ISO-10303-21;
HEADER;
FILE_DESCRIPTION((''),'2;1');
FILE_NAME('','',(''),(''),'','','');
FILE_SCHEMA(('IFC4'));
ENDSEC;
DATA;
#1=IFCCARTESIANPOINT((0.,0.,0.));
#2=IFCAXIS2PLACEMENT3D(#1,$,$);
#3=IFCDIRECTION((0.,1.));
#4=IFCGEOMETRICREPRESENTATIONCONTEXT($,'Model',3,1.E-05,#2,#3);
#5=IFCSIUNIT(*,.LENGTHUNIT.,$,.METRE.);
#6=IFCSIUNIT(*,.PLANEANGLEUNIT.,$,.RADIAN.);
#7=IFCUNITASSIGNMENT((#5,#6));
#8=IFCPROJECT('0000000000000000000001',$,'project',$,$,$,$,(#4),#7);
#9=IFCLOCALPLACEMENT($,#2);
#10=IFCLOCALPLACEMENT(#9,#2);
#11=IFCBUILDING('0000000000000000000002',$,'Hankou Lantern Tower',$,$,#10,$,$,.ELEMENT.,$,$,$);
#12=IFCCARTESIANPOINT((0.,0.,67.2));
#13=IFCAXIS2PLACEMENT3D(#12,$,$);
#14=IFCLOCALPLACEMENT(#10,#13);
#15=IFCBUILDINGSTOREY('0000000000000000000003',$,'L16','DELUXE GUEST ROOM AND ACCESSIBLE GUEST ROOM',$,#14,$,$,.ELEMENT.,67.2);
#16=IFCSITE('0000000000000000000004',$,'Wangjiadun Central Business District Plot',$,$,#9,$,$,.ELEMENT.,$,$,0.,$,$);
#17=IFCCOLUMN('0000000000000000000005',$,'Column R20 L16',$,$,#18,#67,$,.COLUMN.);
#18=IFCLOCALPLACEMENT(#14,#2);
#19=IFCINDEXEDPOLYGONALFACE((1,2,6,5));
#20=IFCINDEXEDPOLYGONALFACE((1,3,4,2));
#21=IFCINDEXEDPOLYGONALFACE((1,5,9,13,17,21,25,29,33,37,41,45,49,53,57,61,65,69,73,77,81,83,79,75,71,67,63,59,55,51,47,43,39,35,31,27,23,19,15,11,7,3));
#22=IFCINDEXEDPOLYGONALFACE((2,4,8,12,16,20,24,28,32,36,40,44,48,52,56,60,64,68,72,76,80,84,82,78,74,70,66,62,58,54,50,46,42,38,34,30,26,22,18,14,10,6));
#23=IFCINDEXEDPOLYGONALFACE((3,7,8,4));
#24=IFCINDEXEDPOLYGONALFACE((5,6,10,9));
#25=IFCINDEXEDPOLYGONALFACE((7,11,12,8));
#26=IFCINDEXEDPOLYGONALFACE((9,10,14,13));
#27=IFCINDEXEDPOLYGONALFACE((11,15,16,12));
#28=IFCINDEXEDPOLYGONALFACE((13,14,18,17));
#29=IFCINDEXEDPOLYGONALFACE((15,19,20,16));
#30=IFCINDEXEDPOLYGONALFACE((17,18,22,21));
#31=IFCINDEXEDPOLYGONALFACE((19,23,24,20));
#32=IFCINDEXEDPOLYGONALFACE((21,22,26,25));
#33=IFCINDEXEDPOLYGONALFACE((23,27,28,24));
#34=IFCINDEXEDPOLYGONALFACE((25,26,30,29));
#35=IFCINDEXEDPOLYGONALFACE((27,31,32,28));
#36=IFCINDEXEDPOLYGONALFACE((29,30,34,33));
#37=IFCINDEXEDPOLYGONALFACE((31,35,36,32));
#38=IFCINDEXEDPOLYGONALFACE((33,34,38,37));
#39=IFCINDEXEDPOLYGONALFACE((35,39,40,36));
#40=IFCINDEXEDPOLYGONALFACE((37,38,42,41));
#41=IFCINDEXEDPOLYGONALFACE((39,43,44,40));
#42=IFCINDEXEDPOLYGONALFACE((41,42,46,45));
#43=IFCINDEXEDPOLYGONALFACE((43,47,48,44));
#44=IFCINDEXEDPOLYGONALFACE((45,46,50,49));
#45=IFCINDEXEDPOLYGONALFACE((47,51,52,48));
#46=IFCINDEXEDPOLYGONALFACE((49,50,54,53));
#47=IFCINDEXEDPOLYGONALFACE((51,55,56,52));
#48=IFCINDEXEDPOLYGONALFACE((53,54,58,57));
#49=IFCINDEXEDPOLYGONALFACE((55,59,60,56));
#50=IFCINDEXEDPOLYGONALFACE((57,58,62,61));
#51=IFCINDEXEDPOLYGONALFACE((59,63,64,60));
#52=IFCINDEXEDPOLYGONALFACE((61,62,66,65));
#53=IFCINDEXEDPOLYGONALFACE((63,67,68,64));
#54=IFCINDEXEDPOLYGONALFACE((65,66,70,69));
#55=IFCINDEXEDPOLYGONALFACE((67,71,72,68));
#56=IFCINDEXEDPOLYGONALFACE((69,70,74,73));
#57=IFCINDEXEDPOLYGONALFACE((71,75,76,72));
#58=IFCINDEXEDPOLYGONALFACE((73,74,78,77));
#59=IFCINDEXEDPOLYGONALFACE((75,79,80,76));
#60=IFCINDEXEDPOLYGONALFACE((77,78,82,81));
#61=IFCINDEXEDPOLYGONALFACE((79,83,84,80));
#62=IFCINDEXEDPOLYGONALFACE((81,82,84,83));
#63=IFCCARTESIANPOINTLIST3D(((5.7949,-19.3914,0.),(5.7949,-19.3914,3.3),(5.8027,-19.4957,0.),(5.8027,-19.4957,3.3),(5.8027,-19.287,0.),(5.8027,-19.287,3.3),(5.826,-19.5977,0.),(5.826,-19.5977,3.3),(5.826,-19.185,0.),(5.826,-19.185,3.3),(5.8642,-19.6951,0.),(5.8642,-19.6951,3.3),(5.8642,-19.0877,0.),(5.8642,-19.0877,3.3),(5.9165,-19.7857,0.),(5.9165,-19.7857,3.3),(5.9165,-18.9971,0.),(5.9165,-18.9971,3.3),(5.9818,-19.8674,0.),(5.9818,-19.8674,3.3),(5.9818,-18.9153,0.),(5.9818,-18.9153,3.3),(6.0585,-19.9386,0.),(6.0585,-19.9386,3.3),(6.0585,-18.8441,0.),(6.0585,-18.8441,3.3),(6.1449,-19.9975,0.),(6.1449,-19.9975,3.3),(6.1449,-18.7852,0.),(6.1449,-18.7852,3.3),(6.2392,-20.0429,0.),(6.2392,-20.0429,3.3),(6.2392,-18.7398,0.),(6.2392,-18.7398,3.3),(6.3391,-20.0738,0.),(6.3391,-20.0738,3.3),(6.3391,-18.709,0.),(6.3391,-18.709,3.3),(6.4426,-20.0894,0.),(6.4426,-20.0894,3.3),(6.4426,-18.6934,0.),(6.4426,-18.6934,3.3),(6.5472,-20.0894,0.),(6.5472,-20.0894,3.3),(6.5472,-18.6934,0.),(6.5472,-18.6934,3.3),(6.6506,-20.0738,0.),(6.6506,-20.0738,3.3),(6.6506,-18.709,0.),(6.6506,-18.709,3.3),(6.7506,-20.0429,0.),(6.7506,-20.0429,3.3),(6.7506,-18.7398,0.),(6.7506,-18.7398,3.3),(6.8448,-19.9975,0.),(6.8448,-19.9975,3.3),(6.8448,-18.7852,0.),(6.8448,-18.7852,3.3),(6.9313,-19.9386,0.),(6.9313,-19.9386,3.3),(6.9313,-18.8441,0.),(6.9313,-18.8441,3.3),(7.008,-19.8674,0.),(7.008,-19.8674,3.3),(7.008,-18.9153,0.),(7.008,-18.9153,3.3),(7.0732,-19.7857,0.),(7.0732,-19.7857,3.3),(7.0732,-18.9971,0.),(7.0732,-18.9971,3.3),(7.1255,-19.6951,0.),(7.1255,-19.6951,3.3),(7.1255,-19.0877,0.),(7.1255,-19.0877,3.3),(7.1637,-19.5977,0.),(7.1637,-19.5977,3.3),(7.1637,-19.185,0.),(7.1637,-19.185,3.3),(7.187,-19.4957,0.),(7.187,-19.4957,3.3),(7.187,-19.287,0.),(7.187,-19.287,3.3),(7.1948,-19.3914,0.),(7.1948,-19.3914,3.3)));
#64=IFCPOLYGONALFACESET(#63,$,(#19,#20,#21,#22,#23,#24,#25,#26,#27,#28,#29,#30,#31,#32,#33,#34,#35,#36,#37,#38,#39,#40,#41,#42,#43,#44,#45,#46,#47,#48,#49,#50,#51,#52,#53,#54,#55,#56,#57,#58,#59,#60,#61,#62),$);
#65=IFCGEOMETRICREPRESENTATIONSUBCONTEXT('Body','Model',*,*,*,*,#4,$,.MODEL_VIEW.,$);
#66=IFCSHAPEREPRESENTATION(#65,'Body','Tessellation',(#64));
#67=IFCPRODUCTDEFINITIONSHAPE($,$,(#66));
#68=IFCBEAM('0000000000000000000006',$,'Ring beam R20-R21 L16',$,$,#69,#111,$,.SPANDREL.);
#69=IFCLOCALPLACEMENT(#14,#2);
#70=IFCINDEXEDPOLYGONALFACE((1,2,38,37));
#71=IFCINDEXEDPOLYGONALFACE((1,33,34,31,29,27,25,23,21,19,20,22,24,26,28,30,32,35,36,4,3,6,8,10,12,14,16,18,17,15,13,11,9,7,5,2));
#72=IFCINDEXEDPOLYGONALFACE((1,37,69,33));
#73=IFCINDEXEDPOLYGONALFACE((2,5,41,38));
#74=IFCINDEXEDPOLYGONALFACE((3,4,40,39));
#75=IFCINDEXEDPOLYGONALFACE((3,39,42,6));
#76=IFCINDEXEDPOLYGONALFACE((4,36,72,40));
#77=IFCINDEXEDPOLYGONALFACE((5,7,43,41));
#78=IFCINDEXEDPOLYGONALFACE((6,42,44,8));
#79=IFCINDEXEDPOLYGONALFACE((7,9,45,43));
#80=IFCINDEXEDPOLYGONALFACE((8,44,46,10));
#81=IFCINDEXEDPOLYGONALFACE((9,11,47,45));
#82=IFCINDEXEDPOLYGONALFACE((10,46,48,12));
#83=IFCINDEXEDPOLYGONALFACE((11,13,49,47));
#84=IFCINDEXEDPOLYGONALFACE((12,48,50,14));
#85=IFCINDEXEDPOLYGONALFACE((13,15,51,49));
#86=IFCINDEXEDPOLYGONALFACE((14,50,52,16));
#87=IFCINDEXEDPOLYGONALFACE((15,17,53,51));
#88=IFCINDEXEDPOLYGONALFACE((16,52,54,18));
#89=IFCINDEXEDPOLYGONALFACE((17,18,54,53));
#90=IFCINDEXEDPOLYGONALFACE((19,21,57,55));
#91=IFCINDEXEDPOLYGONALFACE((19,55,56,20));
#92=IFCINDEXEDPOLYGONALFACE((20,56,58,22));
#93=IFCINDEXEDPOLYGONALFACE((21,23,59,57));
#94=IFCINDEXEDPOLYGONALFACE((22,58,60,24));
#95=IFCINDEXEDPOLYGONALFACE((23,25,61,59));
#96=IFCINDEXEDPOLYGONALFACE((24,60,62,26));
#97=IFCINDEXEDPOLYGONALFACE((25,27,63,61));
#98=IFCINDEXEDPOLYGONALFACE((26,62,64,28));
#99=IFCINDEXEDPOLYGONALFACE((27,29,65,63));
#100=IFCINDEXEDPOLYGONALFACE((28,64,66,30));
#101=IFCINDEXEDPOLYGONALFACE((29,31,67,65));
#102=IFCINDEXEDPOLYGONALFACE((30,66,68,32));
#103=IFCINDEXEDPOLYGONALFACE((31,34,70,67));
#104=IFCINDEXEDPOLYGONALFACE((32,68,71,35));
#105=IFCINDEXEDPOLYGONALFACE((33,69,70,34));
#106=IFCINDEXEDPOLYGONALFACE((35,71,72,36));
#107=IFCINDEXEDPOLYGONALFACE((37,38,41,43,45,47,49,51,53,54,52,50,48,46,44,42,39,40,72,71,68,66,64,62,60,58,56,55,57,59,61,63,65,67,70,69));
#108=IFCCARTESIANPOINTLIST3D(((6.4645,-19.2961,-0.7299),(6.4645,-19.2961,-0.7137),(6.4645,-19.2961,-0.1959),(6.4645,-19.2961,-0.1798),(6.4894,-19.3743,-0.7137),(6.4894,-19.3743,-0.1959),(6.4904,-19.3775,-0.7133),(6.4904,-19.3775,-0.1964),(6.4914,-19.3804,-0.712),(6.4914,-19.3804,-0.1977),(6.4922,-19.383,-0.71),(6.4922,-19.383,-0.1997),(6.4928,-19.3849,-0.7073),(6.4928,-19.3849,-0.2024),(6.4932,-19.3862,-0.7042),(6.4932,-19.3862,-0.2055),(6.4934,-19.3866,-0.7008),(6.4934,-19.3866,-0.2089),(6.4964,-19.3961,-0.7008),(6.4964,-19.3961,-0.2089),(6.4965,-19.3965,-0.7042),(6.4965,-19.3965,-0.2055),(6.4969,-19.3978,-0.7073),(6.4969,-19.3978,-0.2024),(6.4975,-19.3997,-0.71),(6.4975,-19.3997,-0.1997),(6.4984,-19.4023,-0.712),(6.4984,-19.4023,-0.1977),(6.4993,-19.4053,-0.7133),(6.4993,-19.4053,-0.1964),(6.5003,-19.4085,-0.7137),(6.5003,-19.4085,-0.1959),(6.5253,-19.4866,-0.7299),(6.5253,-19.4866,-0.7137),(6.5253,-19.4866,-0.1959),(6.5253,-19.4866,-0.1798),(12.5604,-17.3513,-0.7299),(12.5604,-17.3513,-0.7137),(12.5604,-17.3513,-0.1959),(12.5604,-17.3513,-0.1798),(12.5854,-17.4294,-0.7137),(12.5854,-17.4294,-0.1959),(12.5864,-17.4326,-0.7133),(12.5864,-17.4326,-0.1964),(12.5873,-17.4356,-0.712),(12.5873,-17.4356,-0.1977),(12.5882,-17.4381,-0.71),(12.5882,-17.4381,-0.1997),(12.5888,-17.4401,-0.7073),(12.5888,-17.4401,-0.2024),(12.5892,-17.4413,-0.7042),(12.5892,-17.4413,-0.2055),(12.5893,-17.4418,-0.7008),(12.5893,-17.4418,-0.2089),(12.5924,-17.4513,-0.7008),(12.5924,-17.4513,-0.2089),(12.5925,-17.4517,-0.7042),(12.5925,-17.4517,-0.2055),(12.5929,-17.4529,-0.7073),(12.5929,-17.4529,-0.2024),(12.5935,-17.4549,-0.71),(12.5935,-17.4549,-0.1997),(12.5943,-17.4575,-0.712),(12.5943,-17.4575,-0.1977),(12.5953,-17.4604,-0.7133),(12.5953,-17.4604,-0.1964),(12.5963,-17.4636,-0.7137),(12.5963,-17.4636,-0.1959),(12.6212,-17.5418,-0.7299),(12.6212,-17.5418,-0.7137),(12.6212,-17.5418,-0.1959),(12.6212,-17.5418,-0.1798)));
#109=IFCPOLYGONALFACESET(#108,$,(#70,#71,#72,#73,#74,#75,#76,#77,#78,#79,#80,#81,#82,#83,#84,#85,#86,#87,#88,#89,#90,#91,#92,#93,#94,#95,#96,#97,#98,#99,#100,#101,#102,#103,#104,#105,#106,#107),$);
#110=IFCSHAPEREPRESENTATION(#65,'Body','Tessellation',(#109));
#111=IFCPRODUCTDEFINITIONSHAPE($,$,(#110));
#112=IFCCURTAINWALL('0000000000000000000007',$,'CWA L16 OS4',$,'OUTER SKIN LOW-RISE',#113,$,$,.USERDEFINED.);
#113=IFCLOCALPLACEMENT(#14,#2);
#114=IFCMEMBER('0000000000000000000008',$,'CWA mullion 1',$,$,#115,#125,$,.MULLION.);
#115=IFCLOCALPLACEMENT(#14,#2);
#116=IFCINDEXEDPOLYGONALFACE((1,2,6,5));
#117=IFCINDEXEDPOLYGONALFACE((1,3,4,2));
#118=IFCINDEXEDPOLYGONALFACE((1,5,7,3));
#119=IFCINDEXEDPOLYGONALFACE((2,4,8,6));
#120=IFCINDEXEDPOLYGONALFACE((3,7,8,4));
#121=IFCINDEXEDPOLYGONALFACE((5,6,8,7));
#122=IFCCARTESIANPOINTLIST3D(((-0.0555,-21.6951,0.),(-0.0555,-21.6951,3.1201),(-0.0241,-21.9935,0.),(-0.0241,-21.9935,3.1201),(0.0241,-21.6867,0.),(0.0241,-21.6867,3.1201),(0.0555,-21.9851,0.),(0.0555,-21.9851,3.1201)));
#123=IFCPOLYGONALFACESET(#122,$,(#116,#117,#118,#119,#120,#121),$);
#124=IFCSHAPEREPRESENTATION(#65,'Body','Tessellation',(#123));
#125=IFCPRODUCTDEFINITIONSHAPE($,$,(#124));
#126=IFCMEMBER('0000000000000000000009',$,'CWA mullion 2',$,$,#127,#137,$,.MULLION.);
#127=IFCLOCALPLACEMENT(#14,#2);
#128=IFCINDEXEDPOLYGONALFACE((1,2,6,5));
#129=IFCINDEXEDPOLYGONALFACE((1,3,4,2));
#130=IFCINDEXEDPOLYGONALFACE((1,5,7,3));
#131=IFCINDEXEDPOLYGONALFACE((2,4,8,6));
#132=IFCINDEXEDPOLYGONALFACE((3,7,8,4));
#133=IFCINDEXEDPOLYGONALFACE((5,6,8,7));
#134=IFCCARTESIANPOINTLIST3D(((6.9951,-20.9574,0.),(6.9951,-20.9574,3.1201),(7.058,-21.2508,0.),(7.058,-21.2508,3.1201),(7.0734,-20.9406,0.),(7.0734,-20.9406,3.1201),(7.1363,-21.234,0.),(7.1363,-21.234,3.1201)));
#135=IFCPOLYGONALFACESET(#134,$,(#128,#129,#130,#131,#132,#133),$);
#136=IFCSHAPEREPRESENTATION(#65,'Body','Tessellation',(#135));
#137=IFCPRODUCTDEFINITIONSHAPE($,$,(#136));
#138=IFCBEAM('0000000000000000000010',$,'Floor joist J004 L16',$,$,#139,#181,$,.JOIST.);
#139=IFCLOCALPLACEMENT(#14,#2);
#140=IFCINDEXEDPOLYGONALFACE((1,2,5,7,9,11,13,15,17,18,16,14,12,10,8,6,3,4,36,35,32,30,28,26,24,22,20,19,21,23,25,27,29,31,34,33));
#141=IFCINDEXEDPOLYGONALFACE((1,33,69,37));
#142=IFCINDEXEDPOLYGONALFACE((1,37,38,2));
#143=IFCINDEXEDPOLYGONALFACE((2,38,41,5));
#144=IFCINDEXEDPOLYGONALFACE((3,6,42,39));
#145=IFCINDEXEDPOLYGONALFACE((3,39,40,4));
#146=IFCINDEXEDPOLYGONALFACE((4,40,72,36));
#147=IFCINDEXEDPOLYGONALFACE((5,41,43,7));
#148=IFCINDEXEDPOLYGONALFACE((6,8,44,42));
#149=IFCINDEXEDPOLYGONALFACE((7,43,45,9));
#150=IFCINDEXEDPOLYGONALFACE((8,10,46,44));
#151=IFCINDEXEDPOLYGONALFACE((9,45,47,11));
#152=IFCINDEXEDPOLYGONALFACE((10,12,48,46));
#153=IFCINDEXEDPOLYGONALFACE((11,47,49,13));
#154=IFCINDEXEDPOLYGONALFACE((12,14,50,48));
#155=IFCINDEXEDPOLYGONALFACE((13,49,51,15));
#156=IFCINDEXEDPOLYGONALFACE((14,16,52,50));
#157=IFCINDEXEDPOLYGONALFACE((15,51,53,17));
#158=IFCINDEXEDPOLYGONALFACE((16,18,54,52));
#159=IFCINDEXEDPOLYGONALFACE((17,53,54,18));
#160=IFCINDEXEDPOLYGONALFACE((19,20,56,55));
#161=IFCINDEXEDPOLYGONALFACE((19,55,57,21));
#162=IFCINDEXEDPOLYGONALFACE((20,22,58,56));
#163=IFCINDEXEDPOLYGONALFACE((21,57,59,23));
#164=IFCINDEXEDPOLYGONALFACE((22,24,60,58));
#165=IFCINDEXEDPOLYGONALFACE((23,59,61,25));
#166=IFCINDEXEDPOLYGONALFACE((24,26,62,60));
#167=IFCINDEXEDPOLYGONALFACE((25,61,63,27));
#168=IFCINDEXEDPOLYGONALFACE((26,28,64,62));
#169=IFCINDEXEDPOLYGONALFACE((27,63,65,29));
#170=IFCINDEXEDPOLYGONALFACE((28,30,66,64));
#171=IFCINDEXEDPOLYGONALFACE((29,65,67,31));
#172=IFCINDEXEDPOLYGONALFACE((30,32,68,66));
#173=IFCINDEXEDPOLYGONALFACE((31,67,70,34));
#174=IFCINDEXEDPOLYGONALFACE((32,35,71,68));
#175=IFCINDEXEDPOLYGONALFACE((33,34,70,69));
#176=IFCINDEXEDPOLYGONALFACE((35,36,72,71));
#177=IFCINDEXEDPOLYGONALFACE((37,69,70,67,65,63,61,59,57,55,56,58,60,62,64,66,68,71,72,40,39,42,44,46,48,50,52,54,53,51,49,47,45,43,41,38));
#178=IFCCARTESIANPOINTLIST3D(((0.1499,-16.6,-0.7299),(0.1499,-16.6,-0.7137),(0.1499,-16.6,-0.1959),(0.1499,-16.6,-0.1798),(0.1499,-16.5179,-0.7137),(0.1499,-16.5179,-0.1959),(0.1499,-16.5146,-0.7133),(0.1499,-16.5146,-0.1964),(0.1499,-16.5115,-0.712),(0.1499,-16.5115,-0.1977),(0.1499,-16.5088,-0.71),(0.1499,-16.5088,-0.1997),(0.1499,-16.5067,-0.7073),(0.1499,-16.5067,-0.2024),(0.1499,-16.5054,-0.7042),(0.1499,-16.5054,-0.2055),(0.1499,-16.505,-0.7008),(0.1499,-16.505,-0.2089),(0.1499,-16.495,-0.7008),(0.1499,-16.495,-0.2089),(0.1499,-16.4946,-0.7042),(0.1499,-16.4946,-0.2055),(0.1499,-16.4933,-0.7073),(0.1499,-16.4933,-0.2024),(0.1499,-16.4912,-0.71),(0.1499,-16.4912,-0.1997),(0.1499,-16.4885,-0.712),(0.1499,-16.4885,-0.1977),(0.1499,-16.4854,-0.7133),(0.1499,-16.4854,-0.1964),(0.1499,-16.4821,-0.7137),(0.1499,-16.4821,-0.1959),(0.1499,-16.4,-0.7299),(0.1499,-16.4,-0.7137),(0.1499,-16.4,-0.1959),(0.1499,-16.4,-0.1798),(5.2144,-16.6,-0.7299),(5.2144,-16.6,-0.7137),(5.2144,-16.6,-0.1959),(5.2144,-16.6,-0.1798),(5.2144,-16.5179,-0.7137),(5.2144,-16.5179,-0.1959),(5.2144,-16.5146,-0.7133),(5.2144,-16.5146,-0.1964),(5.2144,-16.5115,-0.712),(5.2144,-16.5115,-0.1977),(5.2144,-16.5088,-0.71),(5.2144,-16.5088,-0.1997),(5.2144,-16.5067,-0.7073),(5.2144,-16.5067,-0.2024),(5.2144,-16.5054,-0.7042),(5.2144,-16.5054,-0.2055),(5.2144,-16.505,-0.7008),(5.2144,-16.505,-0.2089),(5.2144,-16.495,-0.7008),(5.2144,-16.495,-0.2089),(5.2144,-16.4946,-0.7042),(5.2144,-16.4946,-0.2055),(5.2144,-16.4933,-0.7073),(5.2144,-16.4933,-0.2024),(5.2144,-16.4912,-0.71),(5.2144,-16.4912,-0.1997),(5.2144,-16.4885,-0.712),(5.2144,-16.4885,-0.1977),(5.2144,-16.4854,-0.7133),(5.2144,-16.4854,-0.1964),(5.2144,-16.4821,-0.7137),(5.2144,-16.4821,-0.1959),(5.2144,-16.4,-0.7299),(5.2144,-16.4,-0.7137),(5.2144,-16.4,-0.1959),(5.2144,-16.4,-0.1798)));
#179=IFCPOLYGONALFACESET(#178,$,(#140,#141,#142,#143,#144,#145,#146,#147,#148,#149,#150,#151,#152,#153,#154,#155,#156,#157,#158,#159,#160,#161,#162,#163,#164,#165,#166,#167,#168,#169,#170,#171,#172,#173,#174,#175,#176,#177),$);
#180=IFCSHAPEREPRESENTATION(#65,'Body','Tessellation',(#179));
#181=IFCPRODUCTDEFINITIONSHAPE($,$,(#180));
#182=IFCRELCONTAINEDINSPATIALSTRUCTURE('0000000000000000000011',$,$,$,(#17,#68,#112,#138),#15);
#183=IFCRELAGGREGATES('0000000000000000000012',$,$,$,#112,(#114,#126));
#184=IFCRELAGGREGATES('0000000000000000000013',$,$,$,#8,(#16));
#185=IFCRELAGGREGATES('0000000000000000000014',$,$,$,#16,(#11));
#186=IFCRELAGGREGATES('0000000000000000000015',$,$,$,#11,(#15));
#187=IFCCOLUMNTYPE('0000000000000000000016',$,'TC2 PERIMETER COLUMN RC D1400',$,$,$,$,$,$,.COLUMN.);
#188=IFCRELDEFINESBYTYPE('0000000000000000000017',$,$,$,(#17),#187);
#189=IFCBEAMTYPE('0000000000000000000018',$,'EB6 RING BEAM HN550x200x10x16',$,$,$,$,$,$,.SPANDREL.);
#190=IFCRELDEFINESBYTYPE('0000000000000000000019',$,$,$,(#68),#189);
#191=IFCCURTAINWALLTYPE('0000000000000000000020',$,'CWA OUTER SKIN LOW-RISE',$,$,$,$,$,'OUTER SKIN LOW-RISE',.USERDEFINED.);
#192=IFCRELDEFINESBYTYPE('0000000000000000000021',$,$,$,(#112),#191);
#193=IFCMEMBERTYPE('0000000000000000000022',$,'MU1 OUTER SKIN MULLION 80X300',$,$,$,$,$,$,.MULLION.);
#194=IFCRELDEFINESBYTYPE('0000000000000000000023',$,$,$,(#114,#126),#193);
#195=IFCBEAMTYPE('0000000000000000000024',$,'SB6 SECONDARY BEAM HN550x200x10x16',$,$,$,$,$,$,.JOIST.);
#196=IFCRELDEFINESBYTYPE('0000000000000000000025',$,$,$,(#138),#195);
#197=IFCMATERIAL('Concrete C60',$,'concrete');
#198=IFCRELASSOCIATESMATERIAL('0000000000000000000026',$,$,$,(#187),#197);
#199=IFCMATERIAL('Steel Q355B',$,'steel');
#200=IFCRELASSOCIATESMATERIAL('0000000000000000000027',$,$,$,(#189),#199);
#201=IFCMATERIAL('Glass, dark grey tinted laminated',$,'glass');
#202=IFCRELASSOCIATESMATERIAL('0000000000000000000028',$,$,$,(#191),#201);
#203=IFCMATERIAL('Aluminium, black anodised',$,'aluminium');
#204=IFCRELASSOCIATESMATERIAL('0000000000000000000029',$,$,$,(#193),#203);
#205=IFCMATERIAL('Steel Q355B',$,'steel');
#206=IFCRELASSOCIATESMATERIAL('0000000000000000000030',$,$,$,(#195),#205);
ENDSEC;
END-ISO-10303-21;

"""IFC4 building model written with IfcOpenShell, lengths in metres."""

from ifc_helpers import new_model, si_unit, direction, frame, origin, origin_2d, place, context, subcontext, project, spatial, rectangle, circle, i_section, extrude, material, material_profile, profile_set, type_object, element, aggregate, save


model = new_model("IFC4")

# Units and contexts
model_context = context("Model", 3, precision=1e-05, world=origin(), true_north=direction((0.0, 1.0)))
body_context = subcontext(model_context, "Body", "Model", "MODEL_VIEW")
ifc_project = project(units=[si_unit("LENGTHUNIT", "METRE"), si_unit("PLANEANGLEUNIT", "RADIAN")], contexts=[model_context])

# Site, building, storey
site_placement = place(None, origin())
site = spatial("IfcSite", under=ifc_project, at=site_placement, Name="Wangjiadun Central Business District Plot", CompositionType="ELEMENT", RefElevation=0.0)
building_placement = place(site_placement, origin())
building = spatial("IfcBuilding", under=site, at=building_placement, Name="Hankou Lantern Tower", CompositionType="ELEMENT")
storey_placement = place(building_placement, frame((0.0, 0.0, 67.2)))
storey = spatial("IfcBuildingStorey", under=building, at=storey_placement, Name="L16", Description="DELUXE GUEST ROOM AND ACCESSIBLE GUEST ROOM", CompositionType="ELEMENT", Elevation=67.2)

# Column
ifc_material_1 = material(Name="Concrete C60", Category="concrete")
ifc_material_profile_1 = material_profile(ifc_material_1, circle(Radius=0.7, at=origin_2d()), Name="RC D1400")
ifc_profile_set_1 = profile_set([ifc_material_profile_1], Name="Concrete C60")
column_type = type_object("IfcColumnType", Name="TC2 PERIMETER COLUMN RC D1400", PredefinedType="COLUMN", material=ifc_profile_set_1)
column_placement = place(storey_placement, frame((6.4949, -19.3914, 0.0), z_axis=(0.0, 0.0, 1.0), x_axis=(1.0, 0.0, 0.0)))
element("IfcColumn", 1, at=column_placement, inside=storey, type_object=column_type, Name="Column R20 L16", PredefinedType="COLUMN", context=body_context, shape_type="SweptSolid", body=[
    extrude(circle(Radius=0.7, at=origin_2d()), origin(), (0.0, 0.0, 1.0), 3.3),
])

# Beam
ifc_material_2 = material(Name="Steel Q355B", Category="steel")
ifc_material_profile_2 = material_profile(ifc_material_2, i_section(OverallWidth=0.2, OverallDepth=0.55, WebThickness=0.01, FlangeThickness=0.0161, FilletRadius=0.0129, at=origin_2d()), Name="HN550x200x10x16")
ifc_profile_set_2 = profile_set([ifc_material_profile_2], Name="Steel Q355B")
beam_type_1 = type_object("IfcBeamType", Name="EB6 RING BEAM HN550x200x10x16", PredefinedType="SPANDREL", material=ifc_profile_set_2)
beam_1_placement = place(storey_placement, frame((6.4949, -19.3914, -0.4548), z_axis=(0.95269, 0.303942, 0.0), x_axis=(-0.303942, 0.95269, 0.0)))
element("IfcBeam", 2, at=beam_1_placement, inside=storey, type_object=beam_type_1, Name="Ring beam R20-R21 L16", PredefinedType="SPANDREL", context=body_context, shape_type="SweptSolid", body=[
    extrude(i_section(OverallWidth=0.2, OverallDepth=0.55, WebThickness=0.01, FlangeThickness=0.0161, FilletRadius=0.0129, at=origin_2d()), origin(), (0.0, 0.0, 1.0), 6.3987),
])

# Curtain wall, members
ifc_material_3 = material(Name="Glass, dark grey tinted laminated", Category="glass")
curtain_wall_type = type_object("IfcCurtainWallType", Name="CWA OUTER SKIN LOW-RISE", ElementType="OUTER SKIN LOW-RISE", PredefinedType="USERDEFINED", material=ifc_material_3)
curtain_wall_placement = place(storey_placement, origin())
curtain_wall = element("IfcCurtainWall", 3, at=curtain_wall_placement, inside=storey, type_object=curtain_wall_type, Name="CWA L16 OS4", ObjectType="OUTER SKIN LOW-RISE", PredefinedType="USERDEFINED")
ifc_material_4 = material(Name="Aluminium, black anodised", Category="aluminium")
ifc_material_profile_3 = material_profile(ifc_material_4, rectangle(XDim=0.0801, YDim=0.3, at=origin_2d()), Name="MU1 80X300")
ifc_profile_set_3 = profile_set([ifc_material_profile_3], Name="Aluminium, black anodised")
member_type_1 = type_object("IfcMemberType", Name="MU1 OUTER SKIN MULLION 80X300", PredefinedType="MULLION", material=ifc_profile_set_3)
member_1_placement = place(storey_placement, frame((0.0, -21.8401, 0.0), z_axis=(0.0, 0.0, 1.0), x_axis=(0.994499, 0.104743, 0.0)))
member_1 = element("IfcMember", 4, at=member_1_placement, type_object=member_type_1, Name="CWA mullion 1", PredefinedType="MULLION", context=body_context, shape_type="SweptSolid", body=[
    extrude(rectangle(XDim=0.0801, YDim=0.3, at=origin_2d()), origin(), (0.0, 0.0, 1.0), 3.1201),
])
member_2_placement = place(storey_placement, frame((7.0657, -21.0957, 0.0), z_axis=(0.0, 0.0, 1.0), x_axis=(0.977788, 0.209598, 0.0)))
member_2 = element("IfcMember", 5, at=member_2_placement, type_object=member_type_1, Name="CWA mullion 2", PredefinedType="MULLION", context=body_context, shape_type="SweptSolid", body=[
    extrude(rectangle(XDim=0.0801, YDim=0.3, at=origin_2d()), origin(), (0.0, 0.0, 1.0), 3.1201),
])

# Beam
ifc_material_5 = material(Name="Steel Q355B", Category="steel")
ifc_material_profile_4 = material_profile(ifc_material_5, i_section(OverallWidth=0.2, OverallDepth=0.55, WebThickness=0.01, FlangeThickness=0.0161, FilletRadius=0.0129, at=origin_2d()), Name="HN550x200x10x16")
ifc_profile_set_4 = profile_set([ifc_material_profile_4], Name="Steel Q355B")
beam_type_2 = type_object("IfcBeamType", Name="SB6 SECONDARY BEAM HN550x200x10x16", PredefinedType="JOIST", material=ifc_profile_set_4)
beam_2_placement = place(storey_placement, frame((0.1499, -16.5, -0.4548), z_axis=(1.0, 0.0, 0.0), x_axis=(0.0, 1.0, 0.0)))
element("IfcBeam", 6, at=beam_2_placement, inside=storey, type_object=beam_type_2, Name="Floor joist J004 L16", PredefinedType="JOIST", context=body_context, shape_type="SweptSolid", body=[
    extrude(i_section(OverallWidth=0.2, OverallDepth=0.55, WebThickness=0.01, FlangeThickness=0.0161, FilletRadius=0.0129, at=origin_2d()), origin(), (0.0, 0.0, 1.0), 5.0645),
])

aggregate(curtain_wall, [member_1, member_2])

save(model, "model.ifc")
